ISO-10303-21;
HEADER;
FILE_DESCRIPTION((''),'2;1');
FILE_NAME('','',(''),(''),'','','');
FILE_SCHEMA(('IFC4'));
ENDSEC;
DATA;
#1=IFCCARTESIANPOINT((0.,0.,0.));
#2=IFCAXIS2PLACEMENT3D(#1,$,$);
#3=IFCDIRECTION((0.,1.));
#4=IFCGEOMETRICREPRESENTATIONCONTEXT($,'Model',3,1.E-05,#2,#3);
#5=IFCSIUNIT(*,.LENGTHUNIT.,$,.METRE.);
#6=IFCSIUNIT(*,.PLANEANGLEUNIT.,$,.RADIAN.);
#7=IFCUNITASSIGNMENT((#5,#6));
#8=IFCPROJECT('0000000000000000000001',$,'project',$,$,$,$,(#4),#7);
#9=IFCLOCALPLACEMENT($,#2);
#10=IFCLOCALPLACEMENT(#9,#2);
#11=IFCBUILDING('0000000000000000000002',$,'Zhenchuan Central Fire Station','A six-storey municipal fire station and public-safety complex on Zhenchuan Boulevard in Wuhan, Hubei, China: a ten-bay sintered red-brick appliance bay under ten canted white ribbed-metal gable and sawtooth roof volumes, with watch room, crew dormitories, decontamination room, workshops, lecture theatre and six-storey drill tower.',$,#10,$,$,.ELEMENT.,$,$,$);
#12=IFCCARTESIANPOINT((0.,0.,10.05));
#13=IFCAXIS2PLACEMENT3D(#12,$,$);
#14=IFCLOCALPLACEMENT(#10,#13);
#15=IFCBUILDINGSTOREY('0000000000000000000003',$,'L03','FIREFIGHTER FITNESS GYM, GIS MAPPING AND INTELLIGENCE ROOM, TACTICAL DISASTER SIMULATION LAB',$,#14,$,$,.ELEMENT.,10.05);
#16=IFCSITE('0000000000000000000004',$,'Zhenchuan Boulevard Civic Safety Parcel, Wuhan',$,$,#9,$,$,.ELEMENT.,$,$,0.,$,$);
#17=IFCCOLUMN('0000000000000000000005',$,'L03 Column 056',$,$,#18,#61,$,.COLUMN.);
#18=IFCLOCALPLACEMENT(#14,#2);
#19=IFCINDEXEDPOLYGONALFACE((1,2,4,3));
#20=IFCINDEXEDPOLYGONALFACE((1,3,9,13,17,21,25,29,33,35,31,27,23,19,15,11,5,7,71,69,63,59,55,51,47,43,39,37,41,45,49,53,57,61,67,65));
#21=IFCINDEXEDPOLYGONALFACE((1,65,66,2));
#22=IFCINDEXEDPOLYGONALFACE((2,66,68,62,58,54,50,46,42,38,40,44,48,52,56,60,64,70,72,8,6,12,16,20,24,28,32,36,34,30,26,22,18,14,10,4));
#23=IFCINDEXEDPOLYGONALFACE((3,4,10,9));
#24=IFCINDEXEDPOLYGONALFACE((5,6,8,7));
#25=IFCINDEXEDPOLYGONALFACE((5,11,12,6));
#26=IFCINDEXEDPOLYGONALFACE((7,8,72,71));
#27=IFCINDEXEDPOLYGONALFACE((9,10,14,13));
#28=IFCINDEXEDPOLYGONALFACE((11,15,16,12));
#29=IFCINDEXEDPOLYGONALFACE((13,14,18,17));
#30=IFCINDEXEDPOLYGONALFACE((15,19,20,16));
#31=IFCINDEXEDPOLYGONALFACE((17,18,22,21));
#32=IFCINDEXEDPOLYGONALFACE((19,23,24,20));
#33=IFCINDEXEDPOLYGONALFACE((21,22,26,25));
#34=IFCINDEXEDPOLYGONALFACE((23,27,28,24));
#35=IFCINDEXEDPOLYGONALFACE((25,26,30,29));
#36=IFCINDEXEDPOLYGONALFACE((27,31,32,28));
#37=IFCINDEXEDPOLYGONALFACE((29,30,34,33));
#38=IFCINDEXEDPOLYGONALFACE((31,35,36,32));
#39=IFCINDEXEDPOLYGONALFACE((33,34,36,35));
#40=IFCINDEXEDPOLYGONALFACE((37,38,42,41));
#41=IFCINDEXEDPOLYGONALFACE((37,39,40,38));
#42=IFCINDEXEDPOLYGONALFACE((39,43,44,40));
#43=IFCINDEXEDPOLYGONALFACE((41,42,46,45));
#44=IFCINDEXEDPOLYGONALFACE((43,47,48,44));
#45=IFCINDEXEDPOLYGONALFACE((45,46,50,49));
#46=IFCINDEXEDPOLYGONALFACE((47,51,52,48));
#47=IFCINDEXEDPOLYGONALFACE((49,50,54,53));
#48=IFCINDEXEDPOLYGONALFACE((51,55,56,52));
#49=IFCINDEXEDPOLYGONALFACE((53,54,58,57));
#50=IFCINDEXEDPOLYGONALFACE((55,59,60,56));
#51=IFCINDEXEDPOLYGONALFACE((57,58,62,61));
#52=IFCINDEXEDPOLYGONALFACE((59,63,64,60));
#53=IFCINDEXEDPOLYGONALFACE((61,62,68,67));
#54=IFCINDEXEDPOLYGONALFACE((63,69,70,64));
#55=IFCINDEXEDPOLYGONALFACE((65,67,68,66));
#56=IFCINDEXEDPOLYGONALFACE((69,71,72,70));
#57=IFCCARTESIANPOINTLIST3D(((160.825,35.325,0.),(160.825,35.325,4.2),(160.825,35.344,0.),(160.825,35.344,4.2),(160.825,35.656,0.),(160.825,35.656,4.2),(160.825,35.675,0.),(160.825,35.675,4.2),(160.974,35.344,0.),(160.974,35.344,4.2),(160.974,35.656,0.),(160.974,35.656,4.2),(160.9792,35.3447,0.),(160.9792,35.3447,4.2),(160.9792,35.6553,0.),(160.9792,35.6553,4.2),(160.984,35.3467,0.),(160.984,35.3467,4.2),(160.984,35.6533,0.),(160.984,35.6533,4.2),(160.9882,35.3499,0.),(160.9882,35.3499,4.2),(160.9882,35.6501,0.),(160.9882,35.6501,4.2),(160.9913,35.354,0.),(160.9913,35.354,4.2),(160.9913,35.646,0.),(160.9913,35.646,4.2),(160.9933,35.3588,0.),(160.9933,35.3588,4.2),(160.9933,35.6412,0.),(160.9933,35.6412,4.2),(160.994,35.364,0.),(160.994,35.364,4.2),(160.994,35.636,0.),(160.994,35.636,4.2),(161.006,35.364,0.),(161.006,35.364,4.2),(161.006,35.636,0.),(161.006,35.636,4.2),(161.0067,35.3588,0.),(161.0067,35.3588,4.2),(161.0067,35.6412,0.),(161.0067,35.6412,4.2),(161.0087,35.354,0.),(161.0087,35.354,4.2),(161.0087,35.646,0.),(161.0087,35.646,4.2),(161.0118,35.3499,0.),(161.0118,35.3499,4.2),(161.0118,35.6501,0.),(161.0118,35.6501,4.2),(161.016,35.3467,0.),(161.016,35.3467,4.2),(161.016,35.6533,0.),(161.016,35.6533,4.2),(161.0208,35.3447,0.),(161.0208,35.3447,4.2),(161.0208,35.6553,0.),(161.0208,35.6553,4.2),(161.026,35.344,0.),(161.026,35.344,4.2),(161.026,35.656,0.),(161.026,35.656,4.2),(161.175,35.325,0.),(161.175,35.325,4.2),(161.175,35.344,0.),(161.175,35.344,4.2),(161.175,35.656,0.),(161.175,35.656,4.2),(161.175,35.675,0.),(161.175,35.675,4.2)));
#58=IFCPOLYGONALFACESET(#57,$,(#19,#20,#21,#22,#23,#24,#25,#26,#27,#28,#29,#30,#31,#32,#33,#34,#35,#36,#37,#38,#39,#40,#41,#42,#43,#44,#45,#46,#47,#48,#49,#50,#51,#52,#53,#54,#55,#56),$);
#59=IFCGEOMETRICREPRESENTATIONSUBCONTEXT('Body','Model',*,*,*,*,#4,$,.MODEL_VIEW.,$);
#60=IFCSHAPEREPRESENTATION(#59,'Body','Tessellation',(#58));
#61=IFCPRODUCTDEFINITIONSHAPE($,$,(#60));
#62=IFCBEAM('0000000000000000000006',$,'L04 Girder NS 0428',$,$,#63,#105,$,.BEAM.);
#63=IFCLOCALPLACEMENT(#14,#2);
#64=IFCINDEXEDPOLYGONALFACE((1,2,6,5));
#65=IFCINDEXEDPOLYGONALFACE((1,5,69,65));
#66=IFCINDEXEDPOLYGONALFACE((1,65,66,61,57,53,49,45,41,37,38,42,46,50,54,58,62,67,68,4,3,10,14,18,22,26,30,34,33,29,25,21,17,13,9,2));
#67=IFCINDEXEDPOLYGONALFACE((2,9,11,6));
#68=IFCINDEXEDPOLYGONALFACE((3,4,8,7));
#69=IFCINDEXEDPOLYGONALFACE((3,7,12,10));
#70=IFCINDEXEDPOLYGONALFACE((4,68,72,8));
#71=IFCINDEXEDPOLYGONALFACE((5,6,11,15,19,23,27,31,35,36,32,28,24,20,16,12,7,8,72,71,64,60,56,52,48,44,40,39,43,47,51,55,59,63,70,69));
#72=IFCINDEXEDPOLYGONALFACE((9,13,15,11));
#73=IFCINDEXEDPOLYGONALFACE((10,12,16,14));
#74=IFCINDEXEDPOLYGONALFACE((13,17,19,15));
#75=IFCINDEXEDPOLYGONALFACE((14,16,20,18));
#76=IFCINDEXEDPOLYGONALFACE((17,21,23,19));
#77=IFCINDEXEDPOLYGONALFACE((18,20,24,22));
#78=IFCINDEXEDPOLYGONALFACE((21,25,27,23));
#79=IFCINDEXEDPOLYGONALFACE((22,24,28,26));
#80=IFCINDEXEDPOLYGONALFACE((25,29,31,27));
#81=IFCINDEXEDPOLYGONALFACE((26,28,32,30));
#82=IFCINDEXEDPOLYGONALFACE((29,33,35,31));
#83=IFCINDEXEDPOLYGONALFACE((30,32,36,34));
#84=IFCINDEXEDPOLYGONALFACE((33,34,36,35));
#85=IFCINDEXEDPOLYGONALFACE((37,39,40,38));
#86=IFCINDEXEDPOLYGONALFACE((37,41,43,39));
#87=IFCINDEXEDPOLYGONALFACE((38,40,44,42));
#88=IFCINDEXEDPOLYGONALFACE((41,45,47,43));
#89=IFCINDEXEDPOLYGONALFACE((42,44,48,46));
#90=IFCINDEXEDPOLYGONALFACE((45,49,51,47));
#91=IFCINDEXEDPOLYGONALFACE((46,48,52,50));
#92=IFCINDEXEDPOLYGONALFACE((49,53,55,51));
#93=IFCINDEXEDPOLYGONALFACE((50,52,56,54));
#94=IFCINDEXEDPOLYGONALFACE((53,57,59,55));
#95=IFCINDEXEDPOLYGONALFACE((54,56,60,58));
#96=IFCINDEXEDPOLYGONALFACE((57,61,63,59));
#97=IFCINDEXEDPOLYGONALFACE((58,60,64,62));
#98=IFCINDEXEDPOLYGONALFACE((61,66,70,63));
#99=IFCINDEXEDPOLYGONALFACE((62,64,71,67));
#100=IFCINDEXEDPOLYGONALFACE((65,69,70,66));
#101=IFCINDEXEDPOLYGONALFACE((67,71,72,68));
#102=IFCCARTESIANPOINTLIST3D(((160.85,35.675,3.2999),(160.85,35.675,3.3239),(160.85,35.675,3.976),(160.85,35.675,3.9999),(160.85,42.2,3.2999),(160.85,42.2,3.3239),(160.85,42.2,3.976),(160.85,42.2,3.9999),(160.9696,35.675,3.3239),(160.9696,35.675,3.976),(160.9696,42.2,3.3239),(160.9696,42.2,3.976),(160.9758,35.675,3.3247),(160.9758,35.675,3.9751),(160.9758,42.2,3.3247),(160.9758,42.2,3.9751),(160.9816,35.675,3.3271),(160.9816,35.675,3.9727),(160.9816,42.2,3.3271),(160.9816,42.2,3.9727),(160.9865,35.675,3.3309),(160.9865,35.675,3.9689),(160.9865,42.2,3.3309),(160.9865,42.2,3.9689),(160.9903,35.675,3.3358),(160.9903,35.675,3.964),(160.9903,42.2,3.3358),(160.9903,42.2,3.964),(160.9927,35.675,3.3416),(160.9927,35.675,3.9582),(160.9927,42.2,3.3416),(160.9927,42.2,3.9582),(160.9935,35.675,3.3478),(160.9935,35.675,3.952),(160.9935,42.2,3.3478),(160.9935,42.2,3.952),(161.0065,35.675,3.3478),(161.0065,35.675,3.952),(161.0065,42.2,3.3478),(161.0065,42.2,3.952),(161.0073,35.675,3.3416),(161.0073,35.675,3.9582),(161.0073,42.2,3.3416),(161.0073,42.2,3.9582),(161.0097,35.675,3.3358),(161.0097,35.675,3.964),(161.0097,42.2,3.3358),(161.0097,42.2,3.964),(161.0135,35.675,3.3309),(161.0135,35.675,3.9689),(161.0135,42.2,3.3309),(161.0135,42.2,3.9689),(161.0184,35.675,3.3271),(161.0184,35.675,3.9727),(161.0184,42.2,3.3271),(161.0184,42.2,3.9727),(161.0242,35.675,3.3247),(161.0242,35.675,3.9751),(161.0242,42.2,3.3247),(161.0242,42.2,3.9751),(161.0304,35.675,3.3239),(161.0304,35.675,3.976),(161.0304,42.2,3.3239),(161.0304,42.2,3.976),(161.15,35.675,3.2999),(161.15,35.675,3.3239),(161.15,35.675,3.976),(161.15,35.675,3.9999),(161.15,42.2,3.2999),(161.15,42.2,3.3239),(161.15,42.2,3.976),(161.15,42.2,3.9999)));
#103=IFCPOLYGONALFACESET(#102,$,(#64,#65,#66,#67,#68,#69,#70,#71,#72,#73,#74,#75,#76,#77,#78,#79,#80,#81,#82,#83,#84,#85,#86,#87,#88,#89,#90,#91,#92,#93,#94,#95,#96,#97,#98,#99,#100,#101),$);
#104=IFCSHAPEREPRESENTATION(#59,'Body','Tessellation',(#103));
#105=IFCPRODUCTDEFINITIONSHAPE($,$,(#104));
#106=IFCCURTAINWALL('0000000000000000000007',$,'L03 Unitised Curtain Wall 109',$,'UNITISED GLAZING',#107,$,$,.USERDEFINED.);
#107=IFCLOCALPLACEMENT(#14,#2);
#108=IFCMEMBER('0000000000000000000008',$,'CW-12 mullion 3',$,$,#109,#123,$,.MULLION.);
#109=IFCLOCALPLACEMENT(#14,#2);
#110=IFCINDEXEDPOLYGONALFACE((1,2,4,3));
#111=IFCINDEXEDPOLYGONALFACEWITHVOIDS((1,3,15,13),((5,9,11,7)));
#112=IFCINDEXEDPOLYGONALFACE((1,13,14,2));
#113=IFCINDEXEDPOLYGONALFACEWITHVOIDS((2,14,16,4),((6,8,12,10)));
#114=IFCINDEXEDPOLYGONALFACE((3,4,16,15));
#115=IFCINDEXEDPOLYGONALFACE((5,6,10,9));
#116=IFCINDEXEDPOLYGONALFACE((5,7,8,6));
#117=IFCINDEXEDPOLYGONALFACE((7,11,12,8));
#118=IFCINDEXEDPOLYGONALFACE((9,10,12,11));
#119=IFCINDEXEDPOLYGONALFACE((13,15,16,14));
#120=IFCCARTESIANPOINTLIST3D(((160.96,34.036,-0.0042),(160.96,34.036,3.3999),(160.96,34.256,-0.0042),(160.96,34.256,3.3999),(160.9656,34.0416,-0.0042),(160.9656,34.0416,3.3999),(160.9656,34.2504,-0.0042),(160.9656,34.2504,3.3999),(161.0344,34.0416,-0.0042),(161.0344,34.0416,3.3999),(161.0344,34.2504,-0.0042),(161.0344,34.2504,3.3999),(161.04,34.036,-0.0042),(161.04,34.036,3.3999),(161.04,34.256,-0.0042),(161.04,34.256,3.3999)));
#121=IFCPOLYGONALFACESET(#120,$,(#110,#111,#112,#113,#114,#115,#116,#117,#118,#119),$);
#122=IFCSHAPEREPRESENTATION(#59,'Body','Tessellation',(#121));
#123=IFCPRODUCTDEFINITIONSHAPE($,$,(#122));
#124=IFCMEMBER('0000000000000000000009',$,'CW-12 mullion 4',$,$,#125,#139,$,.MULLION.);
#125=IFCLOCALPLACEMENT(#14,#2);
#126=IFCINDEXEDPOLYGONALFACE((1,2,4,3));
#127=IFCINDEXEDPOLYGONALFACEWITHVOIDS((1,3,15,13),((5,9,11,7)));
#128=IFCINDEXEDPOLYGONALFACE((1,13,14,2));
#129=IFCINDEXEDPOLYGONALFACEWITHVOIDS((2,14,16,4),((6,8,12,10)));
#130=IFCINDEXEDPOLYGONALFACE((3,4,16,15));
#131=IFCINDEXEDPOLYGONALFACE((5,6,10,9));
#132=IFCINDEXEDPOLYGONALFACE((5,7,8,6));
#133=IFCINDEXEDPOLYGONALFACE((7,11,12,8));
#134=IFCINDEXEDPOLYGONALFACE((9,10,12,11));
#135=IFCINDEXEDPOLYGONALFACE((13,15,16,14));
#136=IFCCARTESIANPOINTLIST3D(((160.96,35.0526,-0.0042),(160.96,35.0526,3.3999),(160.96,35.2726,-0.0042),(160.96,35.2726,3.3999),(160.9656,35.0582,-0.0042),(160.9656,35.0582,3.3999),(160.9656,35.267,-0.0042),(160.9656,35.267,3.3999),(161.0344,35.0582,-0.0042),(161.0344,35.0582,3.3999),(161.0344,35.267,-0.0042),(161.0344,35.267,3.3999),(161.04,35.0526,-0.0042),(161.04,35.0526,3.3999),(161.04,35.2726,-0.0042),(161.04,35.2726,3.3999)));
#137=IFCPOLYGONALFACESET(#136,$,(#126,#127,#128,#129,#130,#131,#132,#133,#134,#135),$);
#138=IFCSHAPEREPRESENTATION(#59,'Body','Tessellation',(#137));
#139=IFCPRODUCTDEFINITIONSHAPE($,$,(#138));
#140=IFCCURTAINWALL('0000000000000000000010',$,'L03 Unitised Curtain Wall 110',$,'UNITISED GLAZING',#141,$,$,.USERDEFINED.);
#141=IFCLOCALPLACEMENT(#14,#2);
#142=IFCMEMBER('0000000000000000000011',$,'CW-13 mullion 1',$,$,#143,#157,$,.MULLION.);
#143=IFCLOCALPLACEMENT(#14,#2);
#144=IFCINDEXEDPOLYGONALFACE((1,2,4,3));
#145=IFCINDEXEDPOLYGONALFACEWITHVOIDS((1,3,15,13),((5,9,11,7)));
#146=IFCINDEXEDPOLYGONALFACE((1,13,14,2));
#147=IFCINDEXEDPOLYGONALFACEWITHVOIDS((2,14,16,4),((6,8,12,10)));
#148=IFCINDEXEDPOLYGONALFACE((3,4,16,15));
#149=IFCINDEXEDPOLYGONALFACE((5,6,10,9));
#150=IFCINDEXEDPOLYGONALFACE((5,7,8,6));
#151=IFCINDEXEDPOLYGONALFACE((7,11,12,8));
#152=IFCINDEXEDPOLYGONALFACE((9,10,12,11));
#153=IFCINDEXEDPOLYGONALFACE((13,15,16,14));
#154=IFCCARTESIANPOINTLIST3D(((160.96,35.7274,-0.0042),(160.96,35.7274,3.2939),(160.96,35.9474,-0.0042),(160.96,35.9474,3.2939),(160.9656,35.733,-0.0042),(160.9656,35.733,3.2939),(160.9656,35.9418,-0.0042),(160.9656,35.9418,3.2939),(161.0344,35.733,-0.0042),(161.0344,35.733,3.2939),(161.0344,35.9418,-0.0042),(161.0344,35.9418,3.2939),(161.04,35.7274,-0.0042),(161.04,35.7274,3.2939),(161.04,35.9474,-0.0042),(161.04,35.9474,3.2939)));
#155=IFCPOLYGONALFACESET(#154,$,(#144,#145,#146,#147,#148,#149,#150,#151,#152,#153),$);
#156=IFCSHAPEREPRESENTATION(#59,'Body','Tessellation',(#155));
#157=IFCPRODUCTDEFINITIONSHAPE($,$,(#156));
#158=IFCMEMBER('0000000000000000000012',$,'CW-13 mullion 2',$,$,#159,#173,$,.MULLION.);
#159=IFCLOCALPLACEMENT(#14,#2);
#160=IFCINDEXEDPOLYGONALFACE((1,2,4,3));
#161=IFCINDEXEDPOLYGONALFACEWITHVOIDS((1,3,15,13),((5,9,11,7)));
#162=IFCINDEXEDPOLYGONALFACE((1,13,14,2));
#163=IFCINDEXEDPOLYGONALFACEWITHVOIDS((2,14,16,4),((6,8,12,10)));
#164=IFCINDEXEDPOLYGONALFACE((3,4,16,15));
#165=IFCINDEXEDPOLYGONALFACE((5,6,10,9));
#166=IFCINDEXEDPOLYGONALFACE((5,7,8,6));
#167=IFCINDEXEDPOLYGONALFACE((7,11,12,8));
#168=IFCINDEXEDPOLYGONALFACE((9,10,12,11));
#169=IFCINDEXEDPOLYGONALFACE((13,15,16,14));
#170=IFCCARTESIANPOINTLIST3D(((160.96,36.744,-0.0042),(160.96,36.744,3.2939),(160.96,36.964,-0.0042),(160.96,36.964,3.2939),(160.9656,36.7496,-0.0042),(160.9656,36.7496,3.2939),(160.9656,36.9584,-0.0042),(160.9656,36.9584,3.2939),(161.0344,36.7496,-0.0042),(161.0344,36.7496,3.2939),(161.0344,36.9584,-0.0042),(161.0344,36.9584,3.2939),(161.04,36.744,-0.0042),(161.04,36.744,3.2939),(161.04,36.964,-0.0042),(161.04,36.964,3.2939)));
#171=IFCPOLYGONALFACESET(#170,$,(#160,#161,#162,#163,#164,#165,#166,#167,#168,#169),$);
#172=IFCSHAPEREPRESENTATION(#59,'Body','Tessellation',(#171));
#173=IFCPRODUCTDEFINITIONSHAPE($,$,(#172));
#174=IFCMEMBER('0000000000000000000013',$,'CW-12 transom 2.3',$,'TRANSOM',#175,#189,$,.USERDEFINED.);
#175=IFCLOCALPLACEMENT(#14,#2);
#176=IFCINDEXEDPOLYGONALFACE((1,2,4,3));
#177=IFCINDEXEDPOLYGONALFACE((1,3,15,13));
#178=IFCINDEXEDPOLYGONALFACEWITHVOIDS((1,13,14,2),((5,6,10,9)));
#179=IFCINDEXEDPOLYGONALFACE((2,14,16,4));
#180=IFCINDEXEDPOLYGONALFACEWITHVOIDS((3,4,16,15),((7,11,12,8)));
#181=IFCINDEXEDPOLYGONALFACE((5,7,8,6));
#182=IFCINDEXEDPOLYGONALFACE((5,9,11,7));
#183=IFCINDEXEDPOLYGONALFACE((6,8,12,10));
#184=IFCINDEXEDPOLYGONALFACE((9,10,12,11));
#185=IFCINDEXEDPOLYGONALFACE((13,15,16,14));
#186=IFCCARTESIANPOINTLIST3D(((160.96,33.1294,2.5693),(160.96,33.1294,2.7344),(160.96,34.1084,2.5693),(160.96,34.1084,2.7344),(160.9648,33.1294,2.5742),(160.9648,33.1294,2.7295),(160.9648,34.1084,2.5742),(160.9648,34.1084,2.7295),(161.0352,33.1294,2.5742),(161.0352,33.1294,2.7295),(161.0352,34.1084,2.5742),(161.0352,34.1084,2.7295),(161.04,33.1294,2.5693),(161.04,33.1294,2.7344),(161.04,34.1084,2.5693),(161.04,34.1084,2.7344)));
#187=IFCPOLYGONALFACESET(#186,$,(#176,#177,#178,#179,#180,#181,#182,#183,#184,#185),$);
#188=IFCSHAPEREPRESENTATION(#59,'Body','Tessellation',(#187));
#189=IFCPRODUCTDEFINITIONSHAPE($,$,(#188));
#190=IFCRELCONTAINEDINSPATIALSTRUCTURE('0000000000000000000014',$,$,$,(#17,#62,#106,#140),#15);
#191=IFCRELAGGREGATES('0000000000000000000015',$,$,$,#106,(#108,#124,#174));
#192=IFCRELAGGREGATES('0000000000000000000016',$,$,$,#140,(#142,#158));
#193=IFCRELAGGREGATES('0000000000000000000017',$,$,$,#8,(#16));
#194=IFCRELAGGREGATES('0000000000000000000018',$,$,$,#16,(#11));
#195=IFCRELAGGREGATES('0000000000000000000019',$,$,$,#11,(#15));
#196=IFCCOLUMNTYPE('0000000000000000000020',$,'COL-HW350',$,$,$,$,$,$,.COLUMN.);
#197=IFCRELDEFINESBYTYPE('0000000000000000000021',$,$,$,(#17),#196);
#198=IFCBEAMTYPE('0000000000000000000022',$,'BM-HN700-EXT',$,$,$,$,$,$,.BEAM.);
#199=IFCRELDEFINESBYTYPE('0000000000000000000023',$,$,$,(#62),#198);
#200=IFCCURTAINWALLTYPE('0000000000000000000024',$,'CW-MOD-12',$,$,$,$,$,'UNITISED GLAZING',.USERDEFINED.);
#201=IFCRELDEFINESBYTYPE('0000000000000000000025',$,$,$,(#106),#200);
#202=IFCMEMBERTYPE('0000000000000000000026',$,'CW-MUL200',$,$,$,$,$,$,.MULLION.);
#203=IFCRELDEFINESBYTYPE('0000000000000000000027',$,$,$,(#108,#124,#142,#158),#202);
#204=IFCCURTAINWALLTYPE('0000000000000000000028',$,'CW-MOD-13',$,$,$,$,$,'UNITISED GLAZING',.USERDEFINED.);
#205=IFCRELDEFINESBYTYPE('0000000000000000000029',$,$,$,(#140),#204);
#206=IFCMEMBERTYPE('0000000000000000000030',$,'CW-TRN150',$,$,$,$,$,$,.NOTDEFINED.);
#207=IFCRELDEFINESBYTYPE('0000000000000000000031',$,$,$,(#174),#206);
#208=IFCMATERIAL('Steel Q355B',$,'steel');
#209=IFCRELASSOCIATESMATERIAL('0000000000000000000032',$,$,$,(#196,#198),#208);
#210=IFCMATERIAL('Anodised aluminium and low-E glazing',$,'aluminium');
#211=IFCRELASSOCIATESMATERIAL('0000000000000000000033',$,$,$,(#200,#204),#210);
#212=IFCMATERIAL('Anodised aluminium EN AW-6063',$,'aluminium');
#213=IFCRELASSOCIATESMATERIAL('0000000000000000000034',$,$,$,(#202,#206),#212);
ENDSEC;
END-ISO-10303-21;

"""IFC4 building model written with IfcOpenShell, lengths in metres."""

from ifc_helpers import new_model, si_unit, direction, frame, origin, origin_2d, place, context, subcontext, project, spatial, hollow_rectangle, i_section, extrude, material, material_profile, profile_set, type_object, element, aggregate, save


model = new_model("IFC4")

# Units and contexts
model_context = context("Model", 3, precision=1e-05, world=origin(), true_north=direction((0.0, 1.0)))
body_context = subcontext(model_context, "Body", "Model", "MODEL_VIEW")
ifc_project = project(units=[si_unit("LENGTHUNIT", "METRE"), si_unit("PLANEANGLEUNIT", "RADIAN")], contexts=[model_context])

# Site, building, storey
site_placement = place(None, origin())
site = spatial("IfcSite", under=ifc_project, at=site_placement, Name="Zhenchuan Boulevard Civic Safety Parcel, Wuhan", CompositionType="ELEMENT", RefElevation=0.0)
building_placement = place(site_placement, origin())
building = spatial("IfcBuilding", under=site, at=building_placement, Name="Zhenchuan Central Fire Station", Description="A six-storey municipal fire station and public-safety complex on Zhenchuan Boulevard in Wuhan, Hubei, China: a ten-bay sintered red-brick appliance bay under ten canted white ribbed-metal gable and sawtooth roof volumes, with watch room, crew dormitories, decontamination room, workshops, lecture theatre and six-storey drill tower.", CompositionType="ELEMENT")
storey_placement = place(building_placement, frame((0.0, 0.0, 10.05)))
storey = spatial("IfcBuildingStorey", under=building, at=storey_placement, Name="L03", Description="FIREFIGHTER FITNESS GYM, GIS MAPPING AND INTELLIGENCE ROOM, TACTICAL DISASTER SIMULATION LAB", CompositionType="ELEMENT", Elevation=10.05)

# Column
ifc_material_1 = material(Name="Steel Q355B", Category="steel")
ifc_material_profile_1 = material_profile(ifc_material_1, i_section(OverallWidth=0.3501, OverallDepth=0.3501, WebThickness=0.012, FlangeThickness=0.019, FilletRadius=0.02, at=origin_2d()), Name="HW 350x350")
ifc_profile_set_1 = profile_set([ifc_material_profile_1], Name="Steel Q355B")
column_type = type_object("IfcColumnType", Name="COL-HW350", PredefinedType="COLUMN", material=ifc_profile_set_1)
column_placement = place(storey_placement, frame((161.0, 35.5, 0.0), z_axis=(0.0, 0.0, 1.0), x_axis=(1.0, 0.0, 0.0)))
element("IfcColumn", 1, at=column_placement, inside=storey, type_object=column_type, Name="L03 Column 056", PredefinedType="COLUMN", context=body_context, shape_type="SweptSolid", body=[
    extrude(i_section(OverallWidth=0.3501, OverallDepth=0.3501, WebThickness=0.012, FlangeThickness=0.019, FilletRadius=0.02, at=origin_2d()), origin(), (0.0, 0.0, 1.0), 4.2),
])

# Beam
ifc_material_profile_2 = material_profile(ifc_material_1, i_section(OverallWidth=0.3, OverallDepth=0.7, WebThickness=0.0129, FlangeThickness=0.0239, FilletRadius=0.0239, at=origin_2d()), Name="HN 700x300")
ifc_profile_set_2 = profile_set([ifc_material_profile_2], Name="Steel Q355B")
beam_type = type_object("IfcBeamType", Name="BM-HN700-EXT", PredefinedType="BEAM", material=ifc_profile_set_2)
beam_placement = place(storey_placement, frame((161.0, 35.675, 3.6499), z_axis=(0.0, 1.0, 0.0), x_axis=(-1.0, 0.0, 0.0)))
element("IfcBeam", 2, at=beam_placement, inside=storey, type_object=beam_type, Name="L04 Girder NS 0428", PredefinedType="BEAM", context=body_context, shape_type="SweptSolid", body=[
    extrude(i_section(OverallWidth=0.3, OverallDepth=0.7, WebThickness=0.0129, FlangeThickness=0.0239, FilletRadius=0.0239, at=origin_2d()), origin(), (0.0, 0.0, 1.0), 6.5249),
])

# Curtain walls, members
ifc_material_2 = material(Name="Anodised aluminium and low-E glazing", Category="aluminium")
curtain_wall_type_1 = type_object("IfcCurtainWallType", Name="CW-MOD-12", ElementType="UNITISED GLAZING", PredefinedType="USERDEFINED", material=ifc_material_2)
curtain_wall_1_placement = place(storey_placement, origin())
curtain_wall_1 = element("IfcCurtainWall", 3, at=curtain_wall_1_placement, inside=storey, type_object=curtain_wall_type_1, Name="L03 Unitised Curtain Wall 109", ObjectType="UNITISED GLAZING", PredefinedType="USERDEFINED")
ifc_material_3 = material(Name="Anodised aluminium EN AW-6063", Category="aluminium")
ifc_material_profile_3 = material_profile(ifc_material_3, hollow_rectangle(XDim=0.0801, YDim=0.22, WallThickness=0.0056, at=origin_2d()), Name="ALU-M 220x80")
ifc_profile_set_3 = profile_set([ifc_material_profile_3], Name="Anodised aluminium EN AW-6063")
member_type_1 = type_object("IfcMemberType", Name="CW-MUL200", PredefinedType="MULLION", material=ifc_profile_set_3)
member_1_placement = place(storey_placement, frame((161.0, 34.146, -0.0042), z_axis=(0.0, 0.0, 1.0), x_axis=(-1.0, 0.0, 0.0)))
member_1 = element("IfcMember", 4, at=member_1_placement, type_object=member_type_1, Name="CW-12 mullion 3", PredefinedType="MULLION", context=body_context, shape_type="SweptSolid", body=[
    extrude(hollow_rectangle(XDim=0.0801, YDim=0.22, WallThickness=0.0056, at=origin_2d()), origin(), (0.0, 0.0, 1.0), 3.4041),
])
member_2_placement = place(storey_placement, frame((161.0, 35.1626, -0.0042), z_axis=(0.0, 0.0, 1.0), x_axis=(-1.0, 0.0, 0.0)))
member_2 = element("IfcMember", 5, at=member_2_placement, type_object=member_type_1, Name="CW-12 mullion 4", PredefinedType="MULLION", context=body_context, shape_type="SweptSolid", body=[
    extrude(hollow_rectangle(XDim=0.0801, YDim=0.22, WallThickness=0.0056, at=origin_2d()), origin(), (0.0, 0.0, 1.0), 3.4041),
])
curtain_wall_type_2 = type_object("IfcCurtainWallType", Name="CW-MOD-13", ElementType="UNITISED GLAZING", PredefinedType="USERDEFINED", material=ifc_material_2)
curtain_wall_2_placement = place(storey_placement, origin())
curtain_wall_2 = element("IfcCurtainWall", 6, at=curtain_wall_2_placement, inside=storey, type_object=curtain_wall_type_2, Name="L03 Unitised Curtain Wall 110", ObjectType="UNITISED GLAZING", PredefinedType="USERDEFINED")
member_3_placement = place(storey_placement, frame((161.0, 35.8374, -0.0042), z_axis=(0.0, 0.0, 1.0), x_axis=(-1.0, 0.0, 0.0)))
member_3 = element("IfcMember", 7, at=member_3_placement, type_object=member_type_1, Name="CW-13 mullion 1", PredefinedType="MULLION", context=body_context, shape_type="SweptSolid", body=[
    extrude(hollow_rectangle(XDim=0.0801, YDim=0.22, WallThickness=0.0056, at=origin_2d()), origin(), (0.0, 0.0, 1.0), 3.2981),
])
member_4_placement = place(storey_placement, frame((161.0, 36.854, -0.0042), z_axis=(0.0, 0.0, 1.0), x_axis=(-1.0, 0.0, 0.0)))
member_4 = element("IfcMember", 8, at=member_4_placement, type_object=member_type_1, Name="CW-13 mullion 2", PredefinedType="MULLION", context=body_context, shape_type="SweptSolid", body=[
    extrude(hollow_rectangle(XDim=0.0801, YDim=0.22, WallThickness=0.0056, at=origin_2d()), origin(), (0.0, 0.0, 1.0), 3.2981),
])

# Member
ifc_material_profile_4 = material_profile(ifc_material_3, hollow_rectangle(XDim=0.0801, YDim=0.165, WallThickness=0.0049, at=origin_2d()), Name="ALU-T 165x80")
ifc_profile_set_4 = profile_set([ifc_material_profile_4], Name="Anodised aluminium EN AW-6063")
member_type_2 = type_object("IfcMemberType", Name="CW-TRN150", PredefinedType="NOTDEFINED", material=ifc_profile_set_4)
member_5_placement = place(storey_placement, frame((161.0, 33.1294, 2.6519), z_axis=(0.0, 1.0, 0.0), x_axis=(-1.0, 0.0, 0.0)))
member_5 = element("IfcMember", 9, at=member_5_placement, type_object=member_type_2, Name="CW-12 transom 2.3", ObjectType="TRANSOM", PredefinedType="USERDEFINED", context=body_context, shape_type="SweptSolid", body=[
    extrude(hollow_rectangle(XDim=0.0801, YDim=0.165, WallThickness=0.0049, at=origin_2d()), origin(), (0.0, 0.0, 1.0), 0.979),
])

aggregate(curtain_wall_1, [member_1, member_2, member_5])
aggregate(curtain_wall_2, [member_3, member_4])

save(model, "model.ifc")
